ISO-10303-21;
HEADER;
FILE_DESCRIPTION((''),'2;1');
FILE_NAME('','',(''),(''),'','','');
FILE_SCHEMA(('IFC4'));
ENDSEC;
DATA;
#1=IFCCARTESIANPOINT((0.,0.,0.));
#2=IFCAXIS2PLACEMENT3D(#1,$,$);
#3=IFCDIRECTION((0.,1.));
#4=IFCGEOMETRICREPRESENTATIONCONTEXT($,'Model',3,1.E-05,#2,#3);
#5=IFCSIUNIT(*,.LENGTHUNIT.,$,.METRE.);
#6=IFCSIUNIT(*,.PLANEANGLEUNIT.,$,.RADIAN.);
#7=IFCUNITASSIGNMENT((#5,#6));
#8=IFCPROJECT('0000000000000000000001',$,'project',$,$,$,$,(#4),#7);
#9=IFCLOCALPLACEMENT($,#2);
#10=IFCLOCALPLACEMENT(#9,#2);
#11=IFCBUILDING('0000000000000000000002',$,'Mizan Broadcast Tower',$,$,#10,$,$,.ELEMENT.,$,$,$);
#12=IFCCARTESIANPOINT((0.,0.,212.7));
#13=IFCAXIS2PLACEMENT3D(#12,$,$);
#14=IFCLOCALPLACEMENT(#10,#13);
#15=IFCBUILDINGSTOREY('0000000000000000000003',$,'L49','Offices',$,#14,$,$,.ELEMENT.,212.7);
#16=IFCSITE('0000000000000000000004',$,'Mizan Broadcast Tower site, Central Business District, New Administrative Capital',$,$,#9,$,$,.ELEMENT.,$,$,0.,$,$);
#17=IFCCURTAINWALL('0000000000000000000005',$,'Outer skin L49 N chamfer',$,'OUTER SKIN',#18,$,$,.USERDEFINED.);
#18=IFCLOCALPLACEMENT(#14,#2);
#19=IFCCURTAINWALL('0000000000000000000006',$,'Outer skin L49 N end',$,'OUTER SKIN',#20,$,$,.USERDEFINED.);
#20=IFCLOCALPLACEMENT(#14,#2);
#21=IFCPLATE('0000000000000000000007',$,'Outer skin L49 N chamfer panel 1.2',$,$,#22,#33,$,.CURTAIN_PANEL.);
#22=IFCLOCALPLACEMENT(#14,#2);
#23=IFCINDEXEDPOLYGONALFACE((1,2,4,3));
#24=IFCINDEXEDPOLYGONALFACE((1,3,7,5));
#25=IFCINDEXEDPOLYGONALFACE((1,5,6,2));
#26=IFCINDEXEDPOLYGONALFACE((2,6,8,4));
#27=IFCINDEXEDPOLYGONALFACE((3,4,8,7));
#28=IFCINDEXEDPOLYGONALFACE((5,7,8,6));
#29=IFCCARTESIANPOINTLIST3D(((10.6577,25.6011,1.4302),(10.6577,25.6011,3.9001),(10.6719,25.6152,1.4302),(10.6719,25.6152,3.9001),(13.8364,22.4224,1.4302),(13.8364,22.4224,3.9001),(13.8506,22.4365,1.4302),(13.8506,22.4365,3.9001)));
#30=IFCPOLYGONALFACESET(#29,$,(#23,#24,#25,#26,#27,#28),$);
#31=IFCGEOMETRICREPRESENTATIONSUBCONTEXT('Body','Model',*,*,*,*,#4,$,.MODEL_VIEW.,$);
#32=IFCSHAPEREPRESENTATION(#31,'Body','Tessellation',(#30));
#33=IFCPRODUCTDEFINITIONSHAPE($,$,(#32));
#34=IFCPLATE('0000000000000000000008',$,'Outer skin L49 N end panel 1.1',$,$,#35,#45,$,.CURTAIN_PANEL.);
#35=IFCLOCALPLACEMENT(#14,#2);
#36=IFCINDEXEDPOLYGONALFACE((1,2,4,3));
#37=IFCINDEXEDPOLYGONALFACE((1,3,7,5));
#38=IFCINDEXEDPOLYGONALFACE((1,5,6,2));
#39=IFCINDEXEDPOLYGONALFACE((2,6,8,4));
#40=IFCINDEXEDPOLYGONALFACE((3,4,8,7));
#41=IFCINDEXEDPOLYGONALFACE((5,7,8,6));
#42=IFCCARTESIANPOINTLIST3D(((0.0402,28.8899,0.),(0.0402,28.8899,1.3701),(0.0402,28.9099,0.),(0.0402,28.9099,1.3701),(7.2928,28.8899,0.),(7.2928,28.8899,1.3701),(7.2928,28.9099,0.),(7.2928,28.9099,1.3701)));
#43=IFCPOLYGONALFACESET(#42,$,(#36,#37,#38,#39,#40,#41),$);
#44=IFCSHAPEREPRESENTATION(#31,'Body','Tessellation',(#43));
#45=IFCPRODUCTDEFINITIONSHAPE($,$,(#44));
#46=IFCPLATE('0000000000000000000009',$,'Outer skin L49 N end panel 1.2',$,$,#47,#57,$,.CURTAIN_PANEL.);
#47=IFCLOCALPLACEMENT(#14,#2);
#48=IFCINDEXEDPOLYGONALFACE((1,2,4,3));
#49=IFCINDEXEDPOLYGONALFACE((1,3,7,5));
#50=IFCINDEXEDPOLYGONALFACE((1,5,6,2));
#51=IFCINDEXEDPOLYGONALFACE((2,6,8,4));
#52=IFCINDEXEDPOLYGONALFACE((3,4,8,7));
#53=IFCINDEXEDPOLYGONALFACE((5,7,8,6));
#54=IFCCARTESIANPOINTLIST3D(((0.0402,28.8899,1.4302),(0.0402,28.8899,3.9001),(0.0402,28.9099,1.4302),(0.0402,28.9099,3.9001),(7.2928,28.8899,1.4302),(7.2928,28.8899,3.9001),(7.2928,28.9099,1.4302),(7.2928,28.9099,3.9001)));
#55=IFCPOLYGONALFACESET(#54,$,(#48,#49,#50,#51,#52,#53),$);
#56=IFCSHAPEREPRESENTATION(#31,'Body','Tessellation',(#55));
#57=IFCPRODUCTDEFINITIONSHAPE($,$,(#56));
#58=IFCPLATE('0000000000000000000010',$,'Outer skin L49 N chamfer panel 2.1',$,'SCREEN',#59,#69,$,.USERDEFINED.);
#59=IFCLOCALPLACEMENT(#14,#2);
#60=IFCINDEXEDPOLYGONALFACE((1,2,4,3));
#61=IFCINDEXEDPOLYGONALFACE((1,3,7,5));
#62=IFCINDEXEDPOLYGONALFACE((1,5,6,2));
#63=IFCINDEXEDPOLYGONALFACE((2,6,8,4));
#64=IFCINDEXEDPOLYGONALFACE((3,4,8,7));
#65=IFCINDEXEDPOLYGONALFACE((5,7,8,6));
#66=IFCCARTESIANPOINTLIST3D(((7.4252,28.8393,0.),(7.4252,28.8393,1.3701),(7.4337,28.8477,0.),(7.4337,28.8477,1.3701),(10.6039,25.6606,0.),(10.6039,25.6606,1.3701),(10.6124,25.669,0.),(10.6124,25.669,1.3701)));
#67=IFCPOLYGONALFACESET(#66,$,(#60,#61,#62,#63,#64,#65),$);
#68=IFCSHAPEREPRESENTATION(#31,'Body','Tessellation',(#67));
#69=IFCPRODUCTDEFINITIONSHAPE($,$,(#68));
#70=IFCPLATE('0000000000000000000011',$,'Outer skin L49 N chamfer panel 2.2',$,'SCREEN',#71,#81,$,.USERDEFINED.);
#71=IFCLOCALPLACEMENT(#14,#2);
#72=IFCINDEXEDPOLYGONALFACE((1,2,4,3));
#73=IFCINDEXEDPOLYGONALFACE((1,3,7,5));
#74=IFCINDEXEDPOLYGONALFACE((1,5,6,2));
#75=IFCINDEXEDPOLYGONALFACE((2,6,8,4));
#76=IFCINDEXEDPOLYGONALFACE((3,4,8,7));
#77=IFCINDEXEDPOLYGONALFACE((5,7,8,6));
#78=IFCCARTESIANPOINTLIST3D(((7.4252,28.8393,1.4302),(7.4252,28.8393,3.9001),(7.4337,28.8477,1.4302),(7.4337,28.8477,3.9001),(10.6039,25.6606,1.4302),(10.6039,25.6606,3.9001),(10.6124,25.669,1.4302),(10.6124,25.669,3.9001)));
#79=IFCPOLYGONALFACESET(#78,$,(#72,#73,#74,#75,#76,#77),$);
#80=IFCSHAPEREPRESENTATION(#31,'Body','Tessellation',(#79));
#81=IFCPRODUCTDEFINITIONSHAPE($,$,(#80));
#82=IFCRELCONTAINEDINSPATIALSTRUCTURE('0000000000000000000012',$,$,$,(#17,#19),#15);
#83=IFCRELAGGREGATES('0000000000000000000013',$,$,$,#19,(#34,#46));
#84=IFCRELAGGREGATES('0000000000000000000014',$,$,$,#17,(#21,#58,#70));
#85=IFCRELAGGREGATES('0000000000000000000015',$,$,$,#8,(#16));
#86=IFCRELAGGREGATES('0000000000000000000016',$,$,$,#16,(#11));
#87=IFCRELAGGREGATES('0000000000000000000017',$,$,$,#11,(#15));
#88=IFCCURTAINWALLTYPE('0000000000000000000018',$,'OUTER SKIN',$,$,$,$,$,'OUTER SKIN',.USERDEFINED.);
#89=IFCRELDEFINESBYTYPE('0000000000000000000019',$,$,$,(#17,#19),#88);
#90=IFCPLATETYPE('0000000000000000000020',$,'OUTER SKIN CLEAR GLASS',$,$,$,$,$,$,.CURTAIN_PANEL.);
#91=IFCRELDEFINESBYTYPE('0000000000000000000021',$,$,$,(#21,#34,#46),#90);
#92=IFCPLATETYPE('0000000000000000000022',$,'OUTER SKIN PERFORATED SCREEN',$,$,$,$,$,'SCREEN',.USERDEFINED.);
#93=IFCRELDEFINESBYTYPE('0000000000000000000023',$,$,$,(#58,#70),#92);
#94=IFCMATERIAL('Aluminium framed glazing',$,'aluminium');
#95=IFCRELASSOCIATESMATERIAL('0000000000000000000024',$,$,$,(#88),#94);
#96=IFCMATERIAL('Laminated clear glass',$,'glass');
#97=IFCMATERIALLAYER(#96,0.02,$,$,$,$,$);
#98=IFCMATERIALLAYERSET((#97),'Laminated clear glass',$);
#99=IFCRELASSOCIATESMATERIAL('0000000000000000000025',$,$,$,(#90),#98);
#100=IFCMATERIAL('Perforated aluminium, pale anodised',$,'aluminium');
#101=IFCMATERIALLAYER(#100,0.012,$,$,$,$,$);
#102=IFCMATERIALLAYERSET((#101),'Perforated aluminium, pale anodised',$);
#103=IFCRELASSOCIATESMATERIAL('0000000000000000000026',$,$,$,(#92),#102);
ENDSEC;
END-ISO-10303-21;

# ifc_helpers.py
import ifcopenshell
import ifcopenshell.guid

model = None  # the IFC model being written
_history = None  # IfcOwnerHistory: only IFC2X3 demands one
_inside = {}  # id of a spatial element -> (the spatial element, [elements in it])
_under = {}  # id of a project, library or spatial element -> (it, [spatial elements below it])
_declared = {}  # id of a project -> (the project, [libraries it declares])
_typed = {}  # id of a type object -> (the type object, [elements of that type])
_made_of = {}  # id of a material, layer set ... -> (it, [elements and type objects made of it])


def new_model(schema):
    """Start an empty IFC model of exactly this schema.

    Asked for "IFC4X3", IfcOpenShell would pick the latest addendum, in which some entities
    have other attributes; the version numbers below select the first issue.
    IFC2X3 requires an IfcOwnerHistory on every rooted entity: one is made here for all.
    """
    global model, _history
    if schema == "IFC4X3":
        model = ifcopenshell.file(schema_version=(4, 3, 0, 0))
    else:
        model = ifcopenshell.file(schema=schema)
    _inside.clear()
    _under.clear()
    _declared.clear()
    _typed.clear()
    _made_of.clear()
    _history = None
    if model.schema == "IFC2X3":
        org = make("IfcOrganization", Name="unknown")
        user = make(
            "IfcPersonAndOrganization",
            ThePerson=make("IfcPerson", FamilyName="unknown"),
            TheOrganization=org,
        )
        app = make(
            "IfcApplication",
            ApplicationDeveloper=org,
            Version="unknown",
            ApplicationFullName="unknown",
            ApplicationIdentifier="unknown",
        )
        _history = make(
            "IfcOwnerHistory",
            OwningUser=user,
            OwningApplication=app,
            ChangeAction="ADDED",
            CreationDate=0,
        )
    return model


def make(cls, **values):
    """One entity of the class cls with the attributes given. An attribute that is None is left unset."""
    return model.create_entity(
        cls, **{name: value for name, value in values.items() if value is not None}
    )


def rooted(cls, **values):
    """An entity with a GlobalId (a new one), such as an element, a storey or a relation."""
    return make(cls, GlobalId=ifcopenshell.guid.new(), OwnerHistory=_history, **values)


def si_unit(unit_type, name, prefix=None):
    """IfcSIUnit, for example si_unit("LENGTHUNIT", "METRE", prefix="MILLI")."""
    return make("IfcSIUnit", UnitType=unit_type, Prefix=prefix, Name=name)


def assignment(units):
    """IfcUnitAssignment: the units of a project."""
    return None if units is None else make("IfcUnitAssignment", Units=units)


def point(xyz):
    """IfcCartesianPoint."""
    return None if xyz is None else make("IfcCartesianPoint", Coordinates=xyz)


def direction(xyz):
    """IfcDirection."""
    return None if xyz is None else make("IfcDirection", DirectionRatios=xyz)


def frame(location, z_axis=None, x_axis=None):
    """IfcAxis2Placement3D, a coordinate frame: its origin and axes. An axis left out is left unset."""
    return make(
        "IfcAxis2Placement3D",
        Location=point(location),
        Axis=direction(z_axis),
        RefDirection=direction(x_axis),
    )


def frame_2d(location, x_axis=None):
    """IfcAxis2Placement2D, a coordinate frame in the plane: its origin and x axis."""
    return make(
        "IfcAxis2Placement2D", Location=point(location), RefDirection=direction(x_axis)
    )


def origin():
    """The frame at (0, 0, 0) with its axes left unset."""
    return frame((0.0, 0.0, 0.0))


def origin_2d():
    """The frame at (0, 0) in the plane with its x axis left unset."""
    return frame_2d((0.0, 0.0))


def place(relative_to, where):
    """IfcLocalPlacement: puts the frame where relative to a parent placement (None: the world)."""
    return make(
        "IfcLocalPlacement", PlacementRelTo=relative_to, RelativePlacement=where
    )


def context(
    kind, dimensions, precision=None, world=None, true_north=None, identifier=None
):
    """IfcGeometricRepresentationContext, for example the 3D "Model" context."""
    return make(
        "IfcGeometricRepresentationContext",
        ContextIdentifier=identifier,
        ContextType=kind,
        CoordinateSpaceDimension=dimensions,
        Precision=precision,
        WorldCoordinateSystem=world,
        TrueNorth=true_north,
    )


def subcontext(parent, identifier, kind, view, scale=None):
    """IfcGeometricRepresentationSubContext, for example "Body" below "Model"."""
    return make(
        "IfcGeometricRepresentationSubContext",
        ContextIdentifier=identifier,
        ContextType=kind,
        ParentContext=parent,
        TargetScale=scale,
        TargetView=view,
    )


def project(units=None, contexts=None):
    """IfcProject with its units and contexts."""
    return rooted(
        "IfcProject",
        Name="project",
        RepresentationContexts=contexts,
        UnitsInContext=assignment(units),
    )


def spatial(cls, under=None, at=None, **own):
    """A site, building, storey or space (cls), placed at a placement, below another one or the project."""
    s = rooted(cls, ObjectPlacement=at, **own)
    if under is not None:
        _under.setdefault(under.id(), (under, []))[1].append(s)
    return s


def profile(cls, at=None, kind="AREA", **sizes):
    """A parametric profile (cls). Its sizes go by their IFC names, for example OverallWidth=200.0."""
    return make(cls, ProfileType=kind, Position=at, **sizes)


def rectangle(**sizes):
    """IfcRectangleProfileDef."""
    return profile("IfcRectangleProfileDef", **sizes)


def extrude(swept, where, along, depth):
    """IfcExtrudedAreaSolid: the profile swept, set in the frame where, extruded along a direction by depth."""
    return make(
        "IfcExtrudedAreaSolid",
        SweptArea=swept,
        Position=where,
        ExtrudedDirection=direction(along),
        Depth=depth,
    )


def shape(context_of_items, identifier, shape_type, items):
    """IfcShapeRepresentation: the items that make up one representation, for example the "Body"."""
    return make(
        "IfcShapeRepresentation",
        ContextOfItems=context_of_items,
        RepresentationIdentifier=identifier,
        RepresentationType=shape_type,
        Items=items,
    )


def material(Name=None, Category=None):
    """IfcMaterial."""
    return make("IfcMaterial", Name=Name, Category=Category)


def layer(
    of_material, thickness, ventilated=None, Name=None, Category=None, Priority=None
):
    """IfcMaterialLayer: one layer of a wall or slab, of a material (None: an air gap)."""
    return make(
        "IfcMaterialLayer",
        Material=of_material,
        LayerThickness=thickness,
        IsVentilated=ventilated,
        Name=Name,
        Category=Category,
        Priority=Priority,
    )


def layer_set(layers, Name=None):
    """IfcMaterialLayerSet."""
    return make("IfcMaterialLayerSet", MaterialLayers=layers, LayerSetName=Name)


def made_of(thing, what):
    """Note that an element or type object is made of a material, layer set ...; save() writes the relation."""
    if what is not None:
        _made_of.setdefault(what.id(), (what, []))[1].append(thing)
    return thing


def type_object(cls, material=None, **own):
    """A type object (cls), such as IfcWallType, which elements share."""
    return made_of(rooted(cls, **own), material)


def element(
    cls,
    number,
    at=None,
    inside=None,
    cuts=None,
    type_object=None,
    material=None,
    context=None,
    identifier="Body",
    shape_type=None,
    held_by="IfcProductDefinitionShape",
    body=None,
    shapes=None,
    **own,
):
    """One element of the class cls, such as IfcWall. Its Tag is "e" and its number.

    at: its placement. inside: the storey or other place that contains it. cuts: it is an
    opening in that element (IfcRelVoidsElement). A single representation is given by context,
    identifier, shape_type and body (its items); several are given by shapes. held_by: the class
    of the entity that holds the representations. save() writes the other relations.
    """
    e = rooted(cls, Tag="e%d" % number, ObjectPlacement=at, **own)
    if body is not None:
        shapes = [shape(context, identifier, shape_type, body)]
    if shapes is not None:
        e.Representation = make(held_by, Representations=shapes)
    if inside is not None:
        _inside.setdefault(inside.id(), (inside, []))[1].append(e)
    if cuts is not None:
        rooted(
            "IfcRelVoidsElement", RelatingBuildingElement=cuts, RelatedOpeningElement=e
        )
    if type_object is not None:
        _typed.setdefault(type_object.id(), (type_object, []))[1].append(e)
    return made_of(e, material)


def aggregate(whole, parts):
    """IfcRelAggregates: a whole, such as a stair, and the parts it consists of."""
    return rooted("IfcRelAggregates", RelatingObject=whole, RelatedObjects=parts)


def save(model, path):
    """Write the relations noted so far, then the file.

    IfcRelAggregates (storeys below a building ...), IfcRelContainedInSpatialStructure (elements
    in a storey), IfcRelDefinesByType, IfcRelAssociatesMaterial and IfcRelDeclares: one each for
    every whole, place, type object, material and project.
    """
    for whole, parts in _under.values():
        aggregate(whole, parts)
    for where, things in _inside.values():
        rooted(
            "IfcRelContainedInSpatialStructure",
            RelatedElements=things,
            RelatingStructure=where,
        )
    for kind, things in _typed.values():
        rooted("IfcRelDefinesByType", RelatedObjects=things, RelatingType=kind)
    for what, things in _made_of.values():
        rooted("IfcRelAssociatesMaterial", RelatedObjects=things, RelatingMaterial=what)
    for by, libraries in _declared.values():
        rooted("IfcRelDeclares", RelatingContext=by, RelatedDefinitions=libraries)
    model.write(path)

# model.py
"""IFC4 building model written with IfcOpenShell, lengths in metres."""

from ifc_helpers import new_model, si_unit, direction, frame, origin, origin_2d, place, context, subcontext, project, spatial, rectangle, extrude, material, layer, layer_set, type_object, element, aggregate, save


model = new_model("IFC4")

# Units and contexts
model_context = context("Model", 3, precision=1e-05, world=origin(), true_north=direction((0.0, 1.0)))
body_context = subcontext(model_context, "Body", "Model", "MODEL_VIEW")
ifc_project = project(units=[si_unit("LENGTHUNIT", "METRE"), si_unit("PLANEANGLEUNIT", "RADIAN")], contexts=[model_context])

# Site, building, storey
site_placement = place(None, origin())
site = spatial("IfcSite", under=ifc_project, at=site_placement, Name="Mizan Broadcast Tower site, Central Business District, New Administrative Capital", CompositionType="ELEMENT", RefElevation=0.0)
building_placement = place(site_placement, origin())
building = spatial("IfcBuilding", under=site, at=building_placement, Name="Mizan Broadcast Tower", CompositionType="ELEMENT")
storey_placement = place(building_placement, frame((0.0, 0.0, 212.7)))
storey = spatial("IfcBuildingStorey", under=building, at=storey_placement, Name="L49", Description="Offices", CompositionType="ELEMENT", Elevation=212.7)

# Curtain wall
ifc_material_1 = material(Name="Aluminium framed glazing", Category="aluminium")
curtain_wall_type_1 = type_object("IfcCurtainWallType", Name="OUTER SKIN", ElementType="OUTER SKIN", PredefinedType="USERDEFINED", material=ifc_material_1)
curtain_wall_1_placement = place(storey_placement, origin())
curtain_wall_1 = element("IfcCurtainWall", 1, at=curtain_wall_1_placement, inside=storey, type_object=curtain_wall_type_1, Name="Outer skin L49 N chamfer", ObjectType="OUTER SKIN", PredefinedType="USERDEFINED")

# Curtain wall
curtain_wall_2_placement = place(storey_placement, origin())
curtain_wall_2 = element("IfcCurtainWall", 2, at=curtain_wall_2_placement, inside=storey, type_object=curtain_wall_type_1, Name="Outer skin L49 N end", ObjectType="OUTER SKIN", PredefinedType="USERDEFINED")

# Plates
ifc_material_2 = material(Name="Laminated clear glass", Category="glass")
ifc_layer_1 = layer(ifc_material_2, 0.02)
ifc_layer_set_1 = layer_set([ifc_layer_1], Name="Laminated clear glass")
plate_type_1 = type_object("IfcPlateType", Name="OUTER SKIN CLEAR GLASS", PredefinedType="CURTAIN_PANEL", material=ifc_layer_set_1)
plate_1_placement = place(storey_placement, frame((12.2542, 24.0188, 1.4302), z_axis=(0.0, 0.0, 1.0), x_axis=(-0.707107, 0.707107, 0.0)))
plate_1 = element("IfcPlate", 3, at=plate_1_placement, type_object=plate_type_1, Name="Outer skin L49 N chamfer panel 1.2", PredefinedType="CURTAIN_PANEL", context=body_context, shape_type="SweptSolid", body=[
    extrude(rectangle(XDim=4.4954, YDim=0.02, at=origin_2d()), origin(), (0.0, 0.0, 1.0), 2.47),
])
plate_2_placement = place(storey_placement, frame((3.6665, 28.8999, 0.0), z_axis=(0.0, 0.0, 1.0), x_axis=(-1.0, 0.0, 0.0)))
plate_2 = element("IfcPlate", 4, at=plate_2_placement, type_object=plate_type_1, Name="Outer skin L49 N end panel 1.1", PredefinedType="CURTAIN_PANEL", context=body_context, shape_type="SweptSolid", body=[
    extrude(rectangle(XDim=7.2527, YDim=0.02, at=origin_2d()), origin(), (0.0, 0.0, 1.0), 1.3701),
])
plate_3_placement = place(storey_placement, frame((3.6665, 28.8999, 1.4302), z_axis=(0.0, 0.0, 1.0), x_axis=(-1.0, 0.0, 0.0)))
plate_3 = element("IfcPlate", 5, at=plate_3_placement, type_object=plate_type_1, Name="Outer skin L49 N end panel 1.2", PredefinedType="CURTAIN_PANEL", context=body_context, shape_type="SweptSolid", body=[
    extrude(rectangle(XDim=7.2527, YDim=0.02, at=origin_2d()), origin(), (0.0, 0.0, 1.0), 2.47),
])
aggregate(curtain_wall_2, [plate_2, plate_3])
ifc_material_3 = material(Name="Perforated aluminium, pale anodised", Category="aluminium")
ifc_layer_2 = layer(ifc_material_3, 0.012)
ifc_layer_set_2 = layer_set([ifc_layer_2], Name="Perforated aluminium, pale anodised")
plate_type_2 = type_object("IfcPlateType", Name="OUTER SKIN PERFORATED SCREEN", ElementType="SCREEN", PredefinedType="USERDEFINED", material=ifc_layer_set_2)
plate_4_placement = place(storey_placement, frame((9.0188, 27.2542, 0.0), z_axis=(0.0, 0.0, 1.0), x_axis=(-0.707107, 0.707107, 0.0)))
plate_4 = element("IfcPlate", 6, at=plate_4_placement, type_object=plate_type_2, Name="Outer skin L49 N chamfer panel 2.1", ObjectType="SCREEN", PredefinedType="USERDEFINED", context=body_context, shape_type="SweptSolid", body=[
    extrude(rectangle(XDim=4.4954, YDim=0.012, at=origin_2d()), origin(), (0.0, 0.0, 1.0), 1.3701),
])
plate_5_placement = place(storey_placement, frame((9.0188, 27.2542, 1.4302), z_axis=(0.0, 0.0, 1.0), x_axis=(-0.707107, 0.707107, 0.0)))
plate_5 = element("IfcPlate", 7, at=plate_5_placement, type_object=plate_type_2, Name="Outer skin L49 N chamfer panel 2.2", ObjectType="SCREEN", PredefinedType="USERDEFINED", context=body_context, shape_type="SweptSolid", body=[
    extrude(rectangle(XDim=4.4954, YDim=0.012, at=origin_2d()), origin(), (0.0, 0.0, 1.0), 2.47),
])
aggregate(curtain_wall_1, [plate_1, plate_4, plate_5])

save(model, "model.ifc")
